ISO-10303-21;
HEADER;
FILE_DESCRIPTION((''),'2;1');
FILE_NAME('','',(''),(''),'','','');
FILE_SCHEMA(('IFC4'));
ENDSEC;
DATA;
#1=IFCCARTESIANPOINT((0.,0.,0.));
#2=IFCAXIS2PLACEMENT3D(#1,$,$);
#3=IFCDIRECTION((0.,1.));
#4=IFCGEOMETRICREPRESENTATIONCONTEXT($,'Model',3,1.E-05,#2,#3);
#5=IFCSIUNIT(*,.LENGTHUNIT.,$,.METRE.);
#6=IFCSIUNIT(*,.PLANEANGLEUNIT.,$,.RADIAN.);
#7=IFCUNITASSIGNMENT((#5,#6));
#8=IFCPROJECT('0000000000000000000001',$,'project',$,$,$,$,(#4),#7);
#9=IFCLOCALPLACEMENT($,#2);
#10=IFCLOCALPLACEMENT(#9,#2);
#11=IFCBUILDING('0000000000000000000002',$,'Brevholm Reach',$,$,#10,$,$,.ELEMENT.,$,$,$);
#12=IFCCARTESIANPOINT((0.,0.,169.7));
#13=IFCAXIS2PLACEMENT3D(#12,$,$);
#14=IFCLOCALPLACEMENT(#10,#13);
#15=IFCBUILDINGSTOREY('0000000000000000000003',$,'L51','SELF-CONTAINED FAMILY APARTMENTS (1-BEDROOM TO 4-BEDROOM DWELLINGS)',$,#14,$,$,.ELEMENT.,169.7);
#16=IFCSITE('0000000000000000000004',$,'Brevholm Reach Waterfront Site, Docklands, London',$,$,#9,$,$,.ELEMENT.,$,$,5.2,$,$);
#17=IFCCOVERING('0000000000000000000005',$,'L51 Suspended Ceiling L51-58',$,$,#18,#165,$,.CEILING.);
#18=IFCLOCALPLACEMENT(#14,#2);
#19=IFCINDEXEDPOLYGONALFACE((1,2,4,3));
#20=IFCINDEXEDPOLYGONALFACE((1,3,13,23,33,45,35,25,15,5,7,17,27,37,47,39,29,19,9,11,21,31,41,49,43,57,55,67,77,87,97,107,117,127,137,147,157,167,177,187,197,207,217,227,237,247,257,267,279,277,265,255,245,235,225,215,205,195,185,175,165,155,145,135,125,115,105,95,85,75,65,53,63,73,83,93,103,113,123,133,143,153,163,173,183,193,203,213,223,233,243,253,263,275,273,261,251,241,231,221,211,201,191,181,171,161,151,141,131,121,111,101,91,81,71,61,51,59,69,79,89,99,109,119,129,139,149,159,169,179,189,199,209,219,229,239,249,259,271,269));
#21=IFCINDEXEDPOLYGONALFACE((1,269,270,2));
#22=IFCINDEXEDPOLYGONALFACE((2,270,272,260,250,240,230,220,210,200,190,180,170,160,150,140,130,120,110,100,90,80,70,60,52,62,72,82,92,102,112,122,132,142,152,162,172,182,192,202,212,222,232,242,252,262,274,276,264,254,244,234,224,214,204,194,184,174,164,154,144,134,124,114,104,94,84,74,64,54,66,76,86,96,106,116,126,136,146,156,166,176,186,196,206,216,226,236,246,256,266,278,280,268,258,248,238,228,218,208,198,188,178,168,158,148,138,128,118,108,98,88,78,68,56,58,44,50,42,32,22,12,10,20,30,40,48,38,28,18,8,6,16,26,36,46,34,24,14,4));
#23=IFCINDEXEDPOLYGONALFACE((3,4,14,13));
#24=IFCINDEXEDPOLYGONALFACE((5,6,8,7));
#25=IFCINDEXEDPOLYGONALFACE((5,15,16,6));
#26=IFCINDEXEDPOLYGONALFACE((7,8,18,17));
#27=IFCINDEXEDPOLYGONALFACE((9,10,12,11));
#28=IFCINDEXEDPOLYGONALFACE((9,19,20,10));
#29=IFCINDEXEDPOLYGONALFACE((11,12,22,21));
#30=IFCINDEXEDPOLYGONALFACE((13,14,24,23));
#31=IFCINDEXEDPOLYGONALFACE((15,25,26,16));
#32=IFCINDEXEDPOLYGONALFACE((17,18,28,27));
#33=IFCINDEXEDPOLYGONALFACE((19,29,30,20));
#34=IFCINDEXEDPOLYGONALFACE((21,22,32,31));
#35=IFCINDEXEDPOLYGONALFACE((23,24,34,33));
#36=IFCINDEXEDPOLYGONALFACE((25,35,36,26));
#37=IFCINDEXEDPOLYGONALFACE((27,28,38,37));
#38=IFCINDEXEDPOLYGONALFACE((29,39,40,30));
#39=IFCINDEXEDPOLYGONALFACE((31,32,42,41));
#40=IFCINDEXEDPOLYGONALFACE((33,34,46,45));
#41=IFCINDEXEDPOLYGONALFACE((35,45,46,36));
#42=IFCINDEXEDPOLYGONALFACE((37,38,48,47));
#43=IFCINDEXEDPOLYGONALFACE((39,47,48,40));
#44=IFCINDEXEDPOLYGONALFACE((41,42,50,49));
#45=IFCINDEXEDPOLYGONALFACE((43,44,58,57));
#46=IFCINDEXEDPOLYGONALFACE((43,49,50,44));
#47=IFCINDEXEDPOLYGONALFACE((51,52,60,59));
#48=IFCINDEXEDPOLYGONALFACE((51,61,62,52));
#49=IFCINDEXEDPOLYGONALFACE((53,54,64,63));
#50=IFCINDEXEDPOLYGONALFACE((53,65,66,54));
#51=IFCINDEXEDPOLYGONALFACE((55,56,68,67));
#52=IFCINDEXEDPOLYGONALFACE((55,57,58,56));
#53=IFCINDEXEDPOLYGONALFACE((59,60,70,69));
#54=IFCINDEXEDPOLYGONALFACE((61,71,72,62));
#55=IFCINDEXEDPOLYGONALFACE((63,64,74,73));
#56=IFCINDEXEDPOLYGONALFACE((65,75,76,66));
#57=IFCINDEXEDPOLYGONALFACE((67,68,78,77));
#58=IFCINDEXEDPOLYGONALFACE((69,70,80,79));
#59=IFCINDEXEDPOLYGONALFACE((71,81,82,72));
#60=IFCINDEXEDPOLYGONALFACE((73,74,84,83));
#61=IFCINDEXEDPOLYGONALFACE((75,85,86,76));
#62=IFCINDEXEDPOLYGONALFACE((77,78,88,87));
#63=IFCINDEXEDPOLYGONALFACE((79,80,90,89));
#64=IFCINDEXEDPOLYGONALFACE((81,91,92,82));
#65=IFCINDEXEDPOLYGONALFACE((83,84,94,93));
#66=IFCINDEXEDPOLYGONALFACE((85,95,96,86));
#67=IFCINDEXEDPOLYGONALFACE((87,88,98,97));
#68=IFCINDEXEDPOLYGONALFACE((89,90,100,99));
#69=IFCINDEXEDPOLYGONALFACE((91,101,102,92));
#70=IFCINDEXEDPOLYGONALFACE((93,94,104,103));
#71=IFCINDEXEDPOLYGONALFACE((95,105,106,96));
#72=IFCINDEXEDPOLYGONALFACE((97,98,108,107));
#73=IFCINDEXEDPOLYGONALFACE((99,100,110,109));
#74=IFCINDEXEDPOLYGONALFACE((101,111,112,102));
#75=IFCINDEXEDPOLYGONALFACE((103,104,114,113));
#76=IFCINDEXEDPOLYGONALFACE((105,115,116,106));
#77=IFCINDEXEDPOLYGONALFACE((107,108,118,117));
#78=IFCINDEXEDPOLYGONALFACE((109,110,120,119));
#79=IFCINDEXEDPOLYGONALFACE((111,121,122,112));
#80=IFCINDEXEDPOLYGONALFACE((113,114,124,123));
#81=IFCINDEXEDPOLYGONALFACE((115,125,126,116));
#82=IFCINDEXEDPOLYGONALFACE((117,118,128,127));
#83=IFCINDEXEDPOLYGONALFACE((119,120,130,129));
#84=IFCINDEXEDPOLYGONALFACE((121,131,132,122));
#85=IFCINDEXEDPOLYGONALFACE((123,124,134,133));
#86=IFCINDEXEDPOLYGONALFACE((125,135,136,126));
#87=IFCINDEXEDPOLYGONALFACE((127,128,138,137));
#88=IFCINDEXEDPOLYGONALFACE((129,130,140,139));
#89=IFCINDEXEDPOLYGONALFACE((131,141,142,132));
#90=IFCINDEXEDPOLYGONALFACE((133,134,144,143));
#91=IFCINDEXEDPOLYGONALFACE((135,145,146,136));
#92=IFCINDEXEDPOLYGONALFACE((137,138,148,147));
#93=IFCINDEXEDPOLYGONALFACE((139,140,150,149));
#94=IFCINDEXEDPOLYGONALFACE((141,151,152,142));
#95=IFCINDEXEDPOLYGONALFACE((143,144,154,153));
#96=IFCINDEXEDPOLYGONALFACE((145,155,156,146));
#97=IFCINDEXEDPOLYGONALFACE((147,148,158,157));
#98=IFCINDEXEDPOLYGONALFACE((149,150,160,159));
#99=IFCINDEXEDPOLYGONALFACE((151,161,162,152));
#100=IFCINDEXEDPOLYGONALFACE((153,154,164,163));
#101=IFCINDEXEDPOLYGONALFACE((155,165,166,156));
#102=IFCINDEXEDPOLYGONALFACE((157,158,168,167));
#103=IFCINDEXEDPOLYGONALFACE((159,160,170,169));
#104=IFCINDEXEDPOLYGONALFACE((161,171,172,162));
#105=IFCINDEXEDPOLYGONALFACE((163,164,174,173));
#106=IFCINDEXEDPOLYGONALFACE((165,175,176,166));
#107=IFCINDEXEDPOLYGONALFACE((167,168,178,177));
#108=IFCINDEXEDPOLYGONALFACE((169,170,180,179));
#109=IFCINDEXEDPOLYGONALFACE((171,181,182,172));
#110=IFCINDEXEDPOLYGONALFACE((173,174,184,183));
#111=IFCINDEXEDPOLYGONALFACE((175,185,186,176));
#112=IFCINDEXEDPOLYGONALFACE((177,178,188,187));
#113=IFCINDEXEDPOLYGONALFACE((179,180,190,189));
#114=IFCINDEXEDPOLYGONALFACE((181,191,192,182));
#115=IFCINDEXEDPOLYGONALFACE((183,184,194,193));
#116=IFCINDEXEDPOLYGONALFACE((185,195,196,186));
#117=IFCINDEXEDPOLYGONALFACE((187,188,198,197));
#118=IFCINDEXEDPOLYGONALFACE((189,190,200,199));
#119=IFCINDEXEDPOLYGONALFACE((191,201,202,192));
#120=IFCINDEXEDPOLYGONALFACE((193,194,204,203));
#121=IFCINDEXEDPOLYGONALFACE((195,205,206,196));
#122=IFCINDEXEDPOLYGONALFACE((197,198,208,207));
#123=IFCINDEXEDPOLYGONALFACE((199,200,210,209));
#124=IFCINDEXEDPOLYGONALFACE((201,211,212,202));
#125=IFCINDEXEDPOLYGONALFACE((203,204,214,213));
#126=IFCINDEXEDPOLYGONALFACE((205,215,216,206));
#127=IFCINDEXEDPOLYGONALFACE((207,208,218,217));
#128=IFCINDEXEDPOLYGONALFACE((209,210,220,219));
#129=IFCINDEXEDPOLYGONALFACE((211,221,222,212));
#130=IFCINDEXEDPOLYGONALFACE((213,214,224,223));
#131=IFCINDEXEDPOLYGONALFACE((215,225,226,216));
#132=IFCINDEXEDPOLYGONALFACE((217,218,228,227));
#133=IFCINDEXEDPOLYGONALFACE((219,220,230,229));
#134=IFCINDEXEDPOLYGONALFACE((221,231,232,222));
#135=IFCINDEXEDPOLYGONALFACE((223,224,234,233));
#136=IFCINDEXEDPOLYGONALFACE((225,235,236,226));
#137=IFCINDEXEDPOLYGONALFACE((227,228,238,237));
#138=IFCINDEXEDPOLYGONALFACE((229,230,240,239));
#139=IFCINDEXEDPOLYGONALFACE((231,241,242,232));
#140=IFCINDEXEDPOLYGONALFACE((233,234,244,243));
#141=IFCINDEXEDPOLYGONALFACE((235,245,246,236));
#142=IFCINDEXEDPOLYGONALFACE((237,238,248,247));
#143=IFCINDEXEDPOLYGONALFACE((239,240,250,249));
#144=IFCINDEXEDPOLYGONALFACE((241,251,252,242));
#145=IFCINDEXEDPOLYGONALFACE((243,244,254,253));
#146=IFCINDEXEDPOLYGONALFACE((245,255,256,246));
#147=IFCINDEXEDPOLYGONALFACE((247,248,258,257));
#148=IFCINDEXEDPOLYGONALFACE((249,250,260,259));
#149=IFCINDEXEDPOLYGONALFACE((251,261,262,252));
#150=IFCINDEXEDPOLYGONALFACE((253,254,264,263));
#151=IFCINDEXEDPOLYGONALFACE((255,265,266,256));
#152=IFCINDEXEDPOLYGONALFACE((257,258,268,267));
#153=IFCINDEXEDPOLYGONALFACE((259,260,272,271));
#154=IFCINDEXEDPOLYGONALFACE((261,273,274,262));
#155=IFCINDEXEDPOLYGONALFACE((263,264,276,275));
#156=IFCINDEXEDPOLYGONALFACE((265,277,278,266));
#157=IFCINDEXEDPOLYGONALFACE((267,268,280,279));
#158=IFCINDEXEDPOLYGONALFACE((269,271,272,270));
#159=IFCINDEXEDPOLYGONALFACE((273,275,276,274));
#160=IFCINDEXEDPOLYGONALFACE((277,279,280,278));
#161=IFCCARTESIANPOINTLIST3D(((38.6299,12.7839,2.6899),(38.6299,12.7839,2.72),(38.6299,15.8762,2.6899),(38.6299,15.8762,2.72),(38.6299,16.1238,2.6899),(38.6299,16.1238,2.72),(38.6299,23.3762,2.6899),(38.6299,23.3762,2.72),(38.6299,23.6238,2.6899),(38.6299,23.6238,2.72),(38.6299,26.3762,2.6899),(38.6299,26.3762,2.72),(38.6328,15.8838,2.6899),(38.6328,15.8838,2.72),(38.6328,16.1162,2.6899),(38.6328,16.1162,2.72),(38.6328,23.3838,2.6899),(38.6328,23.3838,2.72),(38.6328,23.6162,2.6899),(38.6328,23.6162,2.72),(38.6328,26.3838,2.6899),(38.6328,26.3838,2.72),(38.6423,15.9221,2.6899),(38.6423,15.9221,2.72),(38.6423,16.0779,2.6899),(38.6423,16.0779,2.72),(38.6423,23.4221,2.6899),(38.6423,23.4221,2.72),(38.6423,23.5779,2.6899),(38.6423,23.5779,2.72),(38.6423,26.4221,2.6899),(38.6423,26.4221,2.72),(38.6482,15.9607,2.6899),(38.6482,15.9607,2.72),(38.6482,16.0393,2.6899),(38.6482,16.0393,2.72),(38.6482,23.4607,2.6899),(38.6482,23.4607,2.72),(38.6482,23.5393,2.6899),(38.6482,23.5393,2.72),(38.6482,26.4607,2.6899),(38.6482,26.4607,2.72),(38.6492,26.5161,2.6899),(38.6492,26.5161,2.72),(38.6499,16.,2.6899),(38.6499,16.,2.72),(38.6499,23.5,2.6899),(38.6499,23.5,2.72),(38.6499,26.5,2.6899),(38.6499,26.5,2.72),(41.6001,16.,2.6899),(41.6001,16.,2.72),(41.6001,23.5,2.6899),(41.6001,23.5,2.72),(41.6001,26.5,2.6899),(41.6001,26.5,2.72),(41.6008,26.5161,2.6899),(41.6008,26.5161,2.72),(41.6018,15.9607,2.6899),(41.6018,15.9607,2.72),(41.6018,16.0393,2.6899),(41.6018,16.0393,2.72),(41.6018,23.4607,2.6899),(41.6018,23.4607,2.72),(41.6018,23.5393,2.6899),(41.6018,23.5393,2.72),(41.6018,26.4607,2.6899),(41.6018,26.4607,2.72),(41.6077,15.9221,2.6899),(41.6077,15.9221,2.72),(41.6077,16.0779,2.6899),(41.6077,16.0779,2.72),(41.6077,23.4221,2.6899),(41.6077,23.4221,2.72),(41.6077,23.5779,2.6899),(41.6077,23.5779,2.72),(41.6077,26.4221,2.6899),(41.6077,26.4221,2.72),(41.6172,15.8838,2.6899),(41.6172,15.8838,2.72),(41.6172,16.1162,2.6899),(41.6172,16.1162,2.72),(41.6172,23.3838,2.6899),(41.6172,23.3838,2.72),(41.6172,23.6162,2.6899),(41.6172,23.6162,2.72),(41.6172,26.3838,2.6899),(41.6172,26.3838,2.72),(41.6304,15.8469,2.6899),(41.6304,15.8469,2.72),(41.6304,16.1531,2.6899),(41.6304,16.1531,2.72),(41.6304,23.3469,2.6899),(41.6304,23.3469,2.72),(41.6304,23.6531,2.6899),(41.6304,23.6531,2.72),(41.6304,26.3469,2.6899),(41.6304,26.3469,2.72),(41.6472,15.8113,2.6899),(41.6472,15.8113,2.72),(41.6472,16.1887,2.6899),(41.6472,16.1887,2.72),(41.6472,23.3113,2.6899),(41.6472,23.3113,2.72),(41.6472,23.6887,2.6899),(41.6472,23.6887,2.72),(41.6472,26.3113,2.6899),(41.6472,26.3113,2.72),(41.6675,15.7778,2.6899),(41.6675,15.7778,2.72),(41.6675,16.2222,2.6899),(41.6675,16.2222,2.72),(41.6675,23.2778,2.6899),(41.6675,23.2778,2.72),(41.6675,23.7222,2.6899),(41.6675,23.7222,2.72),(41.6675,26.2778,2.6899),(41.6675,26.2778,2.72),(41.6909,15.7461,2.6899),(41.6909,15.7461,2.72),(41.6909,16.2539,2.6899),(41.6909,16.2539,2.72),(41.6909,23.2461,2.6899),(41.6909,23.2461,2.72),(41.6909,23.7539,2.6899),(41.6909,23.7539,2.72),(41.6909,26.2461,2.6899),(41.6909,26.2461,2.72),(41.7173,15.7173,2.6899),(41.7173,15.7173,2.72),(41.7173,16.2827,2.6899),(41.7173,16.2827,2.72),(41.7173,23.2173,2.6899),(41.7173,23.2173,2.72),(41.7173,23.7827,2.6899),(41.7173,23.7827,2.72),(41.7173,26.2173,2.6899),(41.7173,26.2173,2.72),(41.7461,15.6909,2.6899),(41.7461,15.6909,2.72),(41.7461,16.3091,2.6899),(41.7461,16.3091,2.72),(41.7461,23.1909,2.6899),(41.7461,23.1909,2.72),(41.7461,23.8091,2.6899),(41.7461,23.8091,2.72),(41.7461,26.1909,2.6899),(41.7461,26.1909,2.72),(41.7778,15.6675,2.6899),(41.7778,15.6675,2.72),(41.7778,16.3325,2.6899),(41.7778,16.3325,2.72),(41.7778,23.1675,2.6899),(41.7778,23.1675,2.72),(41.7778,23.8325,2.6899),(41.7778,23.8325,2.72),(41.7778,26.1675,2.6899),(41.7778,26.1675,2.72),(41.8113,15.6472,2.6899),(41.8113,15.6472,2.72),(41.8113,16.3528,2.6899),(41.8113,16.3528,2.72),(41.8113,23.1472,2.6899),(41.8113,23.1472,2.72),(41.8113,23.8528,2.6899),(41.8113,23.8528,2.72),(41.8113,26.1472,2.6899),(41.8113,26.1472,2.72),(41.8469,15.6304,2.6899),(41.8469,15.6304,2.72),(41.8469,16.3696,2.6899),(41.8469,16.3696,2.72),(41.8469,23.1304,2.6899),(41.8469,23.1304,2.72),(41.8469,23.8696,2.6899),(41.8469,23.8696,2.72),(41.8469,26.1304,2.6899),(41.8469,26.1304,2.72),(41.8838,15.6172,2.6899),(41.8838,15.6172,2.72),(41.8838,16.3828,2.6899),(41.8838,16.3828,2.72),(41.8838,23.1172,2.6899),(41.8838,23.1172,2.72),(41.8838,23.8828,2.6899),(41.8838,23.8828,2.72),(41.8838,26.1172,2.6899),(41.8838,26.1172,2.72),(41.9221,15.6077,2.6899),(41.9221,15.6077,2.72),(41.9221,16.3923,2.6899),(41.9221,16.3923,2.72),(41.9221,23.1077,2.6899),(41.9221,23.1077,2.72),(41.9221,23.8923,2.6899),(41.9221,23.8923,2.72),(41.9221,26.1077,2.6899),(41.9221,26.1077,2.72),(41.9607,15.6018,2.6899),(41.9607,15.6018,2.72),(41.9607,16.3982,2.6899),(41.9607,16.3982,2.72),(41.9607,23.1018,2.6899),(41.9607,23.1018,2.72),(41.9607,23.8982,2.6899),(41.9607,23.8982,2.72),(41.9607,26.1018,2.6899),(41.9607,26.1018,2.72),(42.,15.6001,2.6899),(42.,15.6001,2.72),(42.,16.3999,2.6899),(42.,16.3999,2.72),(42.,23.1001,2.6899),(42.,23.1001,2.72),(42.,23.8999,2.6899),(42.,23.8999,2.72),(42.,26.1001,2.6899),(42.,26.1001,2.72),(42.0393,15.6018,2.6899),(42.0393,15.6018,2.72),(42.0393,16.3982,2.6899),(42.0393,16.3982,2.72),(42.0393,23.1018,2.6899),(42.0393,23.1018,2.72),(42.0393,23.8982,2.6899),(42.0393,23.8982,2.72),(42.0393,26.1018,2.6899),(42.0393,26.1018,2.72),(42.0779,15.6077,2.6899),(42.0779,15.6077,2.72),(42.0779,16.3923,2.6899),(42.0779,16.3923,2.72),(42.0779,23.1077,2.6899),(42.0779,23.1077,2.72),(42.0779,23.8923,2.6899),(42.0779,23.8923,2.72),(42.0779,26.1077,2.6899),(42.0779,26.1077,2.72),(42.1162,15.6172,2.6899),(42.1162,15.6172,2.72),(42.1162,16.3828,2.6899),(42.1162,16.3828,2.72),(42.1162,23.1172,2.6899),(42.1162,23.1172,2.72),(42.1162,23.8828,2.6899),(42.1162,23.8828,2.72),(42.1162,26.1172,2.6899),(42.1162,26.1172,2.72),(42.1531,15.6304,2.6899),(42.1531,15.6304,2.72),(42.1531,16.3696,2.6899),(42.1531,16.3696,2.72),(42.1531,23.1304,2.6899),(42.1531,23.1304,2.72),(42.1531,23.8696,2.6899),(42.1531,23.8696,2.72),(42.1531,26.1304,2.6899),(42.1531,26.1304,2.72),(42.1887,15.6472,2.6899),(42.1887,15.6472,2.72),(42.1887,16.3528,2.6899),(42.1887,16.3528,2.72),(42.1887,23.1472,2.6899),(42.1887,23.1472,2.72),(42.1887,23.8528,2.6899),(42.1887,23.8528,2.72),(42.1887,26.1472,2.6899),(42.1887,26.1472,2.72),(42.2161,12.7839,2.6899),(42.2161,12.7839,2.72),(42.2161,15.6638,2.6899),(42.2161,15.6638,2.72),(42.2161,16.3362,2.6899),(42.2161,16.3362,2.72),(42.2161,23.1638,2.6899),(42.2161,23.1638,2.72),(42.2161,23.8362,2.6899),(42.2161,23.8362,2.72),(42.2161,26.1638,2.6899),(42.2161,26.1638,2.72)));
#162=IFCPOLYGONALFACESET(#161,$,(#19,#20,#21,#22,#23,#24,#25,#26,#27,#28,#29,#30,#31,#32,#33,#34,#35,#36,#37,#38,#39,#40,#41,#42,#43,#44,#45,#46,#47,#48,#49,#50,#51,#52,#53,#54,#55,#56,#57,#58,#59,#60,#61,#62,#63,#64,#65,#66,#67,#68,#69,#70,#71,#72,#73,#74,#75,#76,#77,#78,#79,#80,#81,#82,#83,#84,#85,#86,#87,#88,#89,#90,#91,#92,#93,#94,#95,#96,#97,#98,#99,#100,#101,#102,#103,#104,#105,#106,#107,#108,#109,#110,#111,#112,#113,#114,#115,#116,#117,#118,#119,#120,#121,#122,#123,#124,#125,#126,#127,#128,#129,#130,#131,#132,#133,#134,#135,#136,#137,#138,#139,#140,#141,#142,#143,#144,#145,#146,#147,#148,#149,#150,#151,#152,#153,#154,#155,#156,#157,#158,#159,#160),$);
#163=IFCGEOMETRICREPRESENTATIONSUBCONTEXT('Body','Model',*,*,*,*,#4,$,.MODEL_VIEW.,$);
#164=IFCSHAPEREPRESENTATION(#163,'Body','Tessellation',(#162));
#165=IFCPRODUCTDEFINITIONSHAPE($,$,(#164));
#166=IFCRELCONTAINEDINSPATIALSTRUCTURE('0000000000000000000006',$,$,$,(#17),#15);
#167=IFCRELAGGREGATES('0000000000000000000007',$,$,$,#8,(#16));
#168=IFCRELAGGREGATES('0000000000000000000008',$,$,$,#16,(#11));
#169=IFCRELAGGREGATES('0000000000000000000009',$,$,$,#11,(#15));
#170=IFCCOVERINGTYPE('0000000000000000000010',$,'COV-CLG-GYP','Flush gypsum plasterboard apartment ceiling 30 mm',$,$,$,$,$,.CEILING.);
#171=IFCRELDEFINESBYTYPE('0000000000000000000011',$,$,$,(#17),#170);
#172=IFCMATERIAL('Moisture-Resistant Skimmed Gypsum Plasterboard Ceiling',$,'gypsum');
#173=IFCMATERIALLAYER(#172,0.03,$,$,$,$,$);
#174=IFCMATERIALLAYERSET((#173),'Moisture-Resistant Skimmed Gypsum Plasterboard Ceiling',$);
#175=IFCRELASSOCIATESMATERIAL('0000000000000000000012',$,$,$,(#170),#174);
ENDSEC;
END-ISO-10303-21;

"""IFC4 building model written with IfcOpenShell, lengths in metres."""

from ifc_helpers import new_model, si_unit, direction, frame, origin, place, context, subcontext, project, spatial, polyline, outline, extrude, material, layer, layer_set, type_object, element, save


model = new_model("IFC4")

# Units and contexts
model_context = context("Model", 3, precision=1e-05, world=origin(), true_north=direction((0.0, 1.0)))
body_context = subcontext(model_context, "Body", "Model", "MODEL_VIEW")
ifc_project = project(units=[si_unit("LENGTHUNIT", "METRE"), si_unit("PLANEANGLEUNIT", "RADIAN")], contexts=[model_context])

# Site, building, storey
site_placement = place(None, origin())
site = spatial("IfcSite", under=ifc_project, at=site_placement, Name="Brevholm Reach Waterfront Site, Docklands, London", CompositionType="ELEMENT", RefElevation=5.2)
building_placement = place(site_placement, origin())
building = spatial("IfcBuilding", under=site, at=building_placement, Name="Brevholm Reach", CompositionType="ELEMENT")
storey_placement = place(building_placement, frame((0.0, 0.0, 169.7)))
storey = spatial("IfcBuildingStorey", under=building, at=storey_placement, Name="L51", Description="SELF-CONTAINED FAMILY APARTMENTS (1-BEDROOM TO 4-BEDROOM DWELLINGS)", CompositionType="ELEMENT", Elevation=169.7)

# Covering
ifc_material_1 = material(Name="Moisture-Resistant Skimmed Gypsum Plasterboard Ceiling", Category="gypsum")
ifc_layer_1 = layer(ifc_material_1, 0.03)
ifc_layer_set_1 = layer_set([ifc_layer_1], Name="Moisture-Resistant Skimmed Gypsum Plasterboard Ceiling")
covering_type_1 = type_object("IfcCoveringType", Name="COV-CLG-GYP", Description="Flush gypsum plasterboard apartment ceiling 30 mm", PredefinedType="CEILING", material=ifc_layer_set_1)
covering_1_placement = place(storey_placement, frame((0.0, 0.0, 2.6899)))
element("IfcCovering", 1, at=covering_1_placement, inside=storey, type_object=covering_type_1, Name="L51 Suspended Ceiling L51-58", PredefinedType="CEILING", context=body_context, shape_type="SweptSolid", body=[
    extrude(outline(polyline([(38.6299, 15.8762), (38.6328, 15.8838), (38.6423, 15.9221), (38.6482, 15.9607), (38.6499, 16.0), (38.6482, 16.0393), (38.6423, 16.0779), (38.6328, 16.1162), (38.6299, 16.1238), (38.6299, 23.3762), (38.6328, 23.3838), (38.6423, 23.4221), (38.6482, 23.4607), (38.6499, 23.5), (38.6482, 23.5393), (38.6423, 23.5779), (38.6328, 23.6162), (38.6299, 23.6238), (38.6299, 26.3762), (38.6328, 26.3838), (38.6423, 26.4221), (38.6482, 26.4607), (38.6499, 26.5), (38.6492, 26.5161), (41.6008, 26.5161), (41.6001, 26.5), (41.6018, 26.4607), (41.6077, 26.4221), (41.6172, 26.3838), (41.6304, 26.3469), (41.6472, 26.3113), (41.6675, 26.2778), (41.6909, 26.2461), (41.7173, 26.2173), (41.7461, 26.1909), (41.7778, 26.1675), (41.8113, 26.1472), (41.8469, 26.1304), (41.8838, 26.1172), (41.9221, 26.1077), (41.9607, 26.1018), (42.0, 26.1001), (42.0393, 26.1018), (42.0779, 26.1077), (42.1162, 26.1172), (42.1531, 26.1304), (42.1887, 26.1472), (42.2161, 26.1638), (42.2161, 23.8362), (42.1887, 23.8528), (42.1531, 23.8696), (42.1162, 23.8828), (42.0779, 23.8923), (42.0393, 23.8982), (42.0, 23.8999), (41.9607, 23.8982), (41.9221, 23.8923), (41.8838, 23.8828), (41.8469, 23.8696), (41.8113, 23.8528), (41.7778, 23.8325), (41.7461, 23.8091), (41.7173, 23.7827), (41.6909, 23.7539), (41.6675, 23.7222), (41.6472, 23.6887), (41.6304, 23.6531), (41.6172, 23.6162), (41.6077, 23.5779), (41.6018, 23.5393), (41.6001, 23.5), (41.6018, 23.4607), (41.6077, 23.4221), (41.6172, 23.3838), (41.6304, 23.3469), (41.6472, 23.3113), (41.6675, 23.2778), (41.6909, 23.2461), (41.7173, 23.2173), (41.7461, 23.1909), (41.7778, 23.1675), (41.8113, 23.1472), (41.8469, 23.1304), (41.8838, 23.1172), (41.9221, 23.1077), (41.9607, 23.1018), (42.0, 23.1001), (42.0393, 23.1018), (42.0779, 23.1077), (42.1162, 23.1172), (42.1531, 23.1304), (42.1887, 23.1472), (42.2161, 23.1638), (42.2161, 16.3362), (42.1887, 16.3528), (42.1531, 16.3696), (42.1162, 16.3828), (42.0779, 16.3923), (42.0393, 16.3982), (42.0, 16.3999), (41.9607, 16.3982), (41.9221, 16.3923), (41.8838, 16.3828), (41.8469, 16.3696), (41.8113, 16.3528), (41.7778, 16.3325), (41.7461, 16.3091), (41.7173, 16.2827), (41.6909, 16.2539), (41.6675, 16.2222), (41.6472, 16.1887), (41.6304, 16.1531), (41.6172, 16.1162), (41.6077, 16.0779), (41.6018, 16.0393), (41.6001, 16.0), (41.6018, 15.9607), (41.6077, 15.9221), (41.6172, 15.8838), (41.6304, 15.8469), (41.6472, 15.8113), (41.6675, 15.7778), (41.6909, 15.7461), (41.7173, 15.7173), (41.7461, 15.6909), (41.7778, 15.6675), (41.8113, 15.6472), (41.8469, 15.6304), (41.8838, 15.6172), (41.9221, 15.6077), (41.9607, 15.6018), (42.0, 15.6001), (42.0393, 15.6018), (42.0779, 15.6077), (42.1162, 15.6172), (42.1531, 15.6304), (42.1887, 15.6472), (42.2161, 15.6638), (42.2161, 12.7839), (38.6299, 12.7839), (38.6299, 15.8762)])), origin(), (0.0, 0.0, 1.0), 0.03),
])

save(model, "model.ifc")
